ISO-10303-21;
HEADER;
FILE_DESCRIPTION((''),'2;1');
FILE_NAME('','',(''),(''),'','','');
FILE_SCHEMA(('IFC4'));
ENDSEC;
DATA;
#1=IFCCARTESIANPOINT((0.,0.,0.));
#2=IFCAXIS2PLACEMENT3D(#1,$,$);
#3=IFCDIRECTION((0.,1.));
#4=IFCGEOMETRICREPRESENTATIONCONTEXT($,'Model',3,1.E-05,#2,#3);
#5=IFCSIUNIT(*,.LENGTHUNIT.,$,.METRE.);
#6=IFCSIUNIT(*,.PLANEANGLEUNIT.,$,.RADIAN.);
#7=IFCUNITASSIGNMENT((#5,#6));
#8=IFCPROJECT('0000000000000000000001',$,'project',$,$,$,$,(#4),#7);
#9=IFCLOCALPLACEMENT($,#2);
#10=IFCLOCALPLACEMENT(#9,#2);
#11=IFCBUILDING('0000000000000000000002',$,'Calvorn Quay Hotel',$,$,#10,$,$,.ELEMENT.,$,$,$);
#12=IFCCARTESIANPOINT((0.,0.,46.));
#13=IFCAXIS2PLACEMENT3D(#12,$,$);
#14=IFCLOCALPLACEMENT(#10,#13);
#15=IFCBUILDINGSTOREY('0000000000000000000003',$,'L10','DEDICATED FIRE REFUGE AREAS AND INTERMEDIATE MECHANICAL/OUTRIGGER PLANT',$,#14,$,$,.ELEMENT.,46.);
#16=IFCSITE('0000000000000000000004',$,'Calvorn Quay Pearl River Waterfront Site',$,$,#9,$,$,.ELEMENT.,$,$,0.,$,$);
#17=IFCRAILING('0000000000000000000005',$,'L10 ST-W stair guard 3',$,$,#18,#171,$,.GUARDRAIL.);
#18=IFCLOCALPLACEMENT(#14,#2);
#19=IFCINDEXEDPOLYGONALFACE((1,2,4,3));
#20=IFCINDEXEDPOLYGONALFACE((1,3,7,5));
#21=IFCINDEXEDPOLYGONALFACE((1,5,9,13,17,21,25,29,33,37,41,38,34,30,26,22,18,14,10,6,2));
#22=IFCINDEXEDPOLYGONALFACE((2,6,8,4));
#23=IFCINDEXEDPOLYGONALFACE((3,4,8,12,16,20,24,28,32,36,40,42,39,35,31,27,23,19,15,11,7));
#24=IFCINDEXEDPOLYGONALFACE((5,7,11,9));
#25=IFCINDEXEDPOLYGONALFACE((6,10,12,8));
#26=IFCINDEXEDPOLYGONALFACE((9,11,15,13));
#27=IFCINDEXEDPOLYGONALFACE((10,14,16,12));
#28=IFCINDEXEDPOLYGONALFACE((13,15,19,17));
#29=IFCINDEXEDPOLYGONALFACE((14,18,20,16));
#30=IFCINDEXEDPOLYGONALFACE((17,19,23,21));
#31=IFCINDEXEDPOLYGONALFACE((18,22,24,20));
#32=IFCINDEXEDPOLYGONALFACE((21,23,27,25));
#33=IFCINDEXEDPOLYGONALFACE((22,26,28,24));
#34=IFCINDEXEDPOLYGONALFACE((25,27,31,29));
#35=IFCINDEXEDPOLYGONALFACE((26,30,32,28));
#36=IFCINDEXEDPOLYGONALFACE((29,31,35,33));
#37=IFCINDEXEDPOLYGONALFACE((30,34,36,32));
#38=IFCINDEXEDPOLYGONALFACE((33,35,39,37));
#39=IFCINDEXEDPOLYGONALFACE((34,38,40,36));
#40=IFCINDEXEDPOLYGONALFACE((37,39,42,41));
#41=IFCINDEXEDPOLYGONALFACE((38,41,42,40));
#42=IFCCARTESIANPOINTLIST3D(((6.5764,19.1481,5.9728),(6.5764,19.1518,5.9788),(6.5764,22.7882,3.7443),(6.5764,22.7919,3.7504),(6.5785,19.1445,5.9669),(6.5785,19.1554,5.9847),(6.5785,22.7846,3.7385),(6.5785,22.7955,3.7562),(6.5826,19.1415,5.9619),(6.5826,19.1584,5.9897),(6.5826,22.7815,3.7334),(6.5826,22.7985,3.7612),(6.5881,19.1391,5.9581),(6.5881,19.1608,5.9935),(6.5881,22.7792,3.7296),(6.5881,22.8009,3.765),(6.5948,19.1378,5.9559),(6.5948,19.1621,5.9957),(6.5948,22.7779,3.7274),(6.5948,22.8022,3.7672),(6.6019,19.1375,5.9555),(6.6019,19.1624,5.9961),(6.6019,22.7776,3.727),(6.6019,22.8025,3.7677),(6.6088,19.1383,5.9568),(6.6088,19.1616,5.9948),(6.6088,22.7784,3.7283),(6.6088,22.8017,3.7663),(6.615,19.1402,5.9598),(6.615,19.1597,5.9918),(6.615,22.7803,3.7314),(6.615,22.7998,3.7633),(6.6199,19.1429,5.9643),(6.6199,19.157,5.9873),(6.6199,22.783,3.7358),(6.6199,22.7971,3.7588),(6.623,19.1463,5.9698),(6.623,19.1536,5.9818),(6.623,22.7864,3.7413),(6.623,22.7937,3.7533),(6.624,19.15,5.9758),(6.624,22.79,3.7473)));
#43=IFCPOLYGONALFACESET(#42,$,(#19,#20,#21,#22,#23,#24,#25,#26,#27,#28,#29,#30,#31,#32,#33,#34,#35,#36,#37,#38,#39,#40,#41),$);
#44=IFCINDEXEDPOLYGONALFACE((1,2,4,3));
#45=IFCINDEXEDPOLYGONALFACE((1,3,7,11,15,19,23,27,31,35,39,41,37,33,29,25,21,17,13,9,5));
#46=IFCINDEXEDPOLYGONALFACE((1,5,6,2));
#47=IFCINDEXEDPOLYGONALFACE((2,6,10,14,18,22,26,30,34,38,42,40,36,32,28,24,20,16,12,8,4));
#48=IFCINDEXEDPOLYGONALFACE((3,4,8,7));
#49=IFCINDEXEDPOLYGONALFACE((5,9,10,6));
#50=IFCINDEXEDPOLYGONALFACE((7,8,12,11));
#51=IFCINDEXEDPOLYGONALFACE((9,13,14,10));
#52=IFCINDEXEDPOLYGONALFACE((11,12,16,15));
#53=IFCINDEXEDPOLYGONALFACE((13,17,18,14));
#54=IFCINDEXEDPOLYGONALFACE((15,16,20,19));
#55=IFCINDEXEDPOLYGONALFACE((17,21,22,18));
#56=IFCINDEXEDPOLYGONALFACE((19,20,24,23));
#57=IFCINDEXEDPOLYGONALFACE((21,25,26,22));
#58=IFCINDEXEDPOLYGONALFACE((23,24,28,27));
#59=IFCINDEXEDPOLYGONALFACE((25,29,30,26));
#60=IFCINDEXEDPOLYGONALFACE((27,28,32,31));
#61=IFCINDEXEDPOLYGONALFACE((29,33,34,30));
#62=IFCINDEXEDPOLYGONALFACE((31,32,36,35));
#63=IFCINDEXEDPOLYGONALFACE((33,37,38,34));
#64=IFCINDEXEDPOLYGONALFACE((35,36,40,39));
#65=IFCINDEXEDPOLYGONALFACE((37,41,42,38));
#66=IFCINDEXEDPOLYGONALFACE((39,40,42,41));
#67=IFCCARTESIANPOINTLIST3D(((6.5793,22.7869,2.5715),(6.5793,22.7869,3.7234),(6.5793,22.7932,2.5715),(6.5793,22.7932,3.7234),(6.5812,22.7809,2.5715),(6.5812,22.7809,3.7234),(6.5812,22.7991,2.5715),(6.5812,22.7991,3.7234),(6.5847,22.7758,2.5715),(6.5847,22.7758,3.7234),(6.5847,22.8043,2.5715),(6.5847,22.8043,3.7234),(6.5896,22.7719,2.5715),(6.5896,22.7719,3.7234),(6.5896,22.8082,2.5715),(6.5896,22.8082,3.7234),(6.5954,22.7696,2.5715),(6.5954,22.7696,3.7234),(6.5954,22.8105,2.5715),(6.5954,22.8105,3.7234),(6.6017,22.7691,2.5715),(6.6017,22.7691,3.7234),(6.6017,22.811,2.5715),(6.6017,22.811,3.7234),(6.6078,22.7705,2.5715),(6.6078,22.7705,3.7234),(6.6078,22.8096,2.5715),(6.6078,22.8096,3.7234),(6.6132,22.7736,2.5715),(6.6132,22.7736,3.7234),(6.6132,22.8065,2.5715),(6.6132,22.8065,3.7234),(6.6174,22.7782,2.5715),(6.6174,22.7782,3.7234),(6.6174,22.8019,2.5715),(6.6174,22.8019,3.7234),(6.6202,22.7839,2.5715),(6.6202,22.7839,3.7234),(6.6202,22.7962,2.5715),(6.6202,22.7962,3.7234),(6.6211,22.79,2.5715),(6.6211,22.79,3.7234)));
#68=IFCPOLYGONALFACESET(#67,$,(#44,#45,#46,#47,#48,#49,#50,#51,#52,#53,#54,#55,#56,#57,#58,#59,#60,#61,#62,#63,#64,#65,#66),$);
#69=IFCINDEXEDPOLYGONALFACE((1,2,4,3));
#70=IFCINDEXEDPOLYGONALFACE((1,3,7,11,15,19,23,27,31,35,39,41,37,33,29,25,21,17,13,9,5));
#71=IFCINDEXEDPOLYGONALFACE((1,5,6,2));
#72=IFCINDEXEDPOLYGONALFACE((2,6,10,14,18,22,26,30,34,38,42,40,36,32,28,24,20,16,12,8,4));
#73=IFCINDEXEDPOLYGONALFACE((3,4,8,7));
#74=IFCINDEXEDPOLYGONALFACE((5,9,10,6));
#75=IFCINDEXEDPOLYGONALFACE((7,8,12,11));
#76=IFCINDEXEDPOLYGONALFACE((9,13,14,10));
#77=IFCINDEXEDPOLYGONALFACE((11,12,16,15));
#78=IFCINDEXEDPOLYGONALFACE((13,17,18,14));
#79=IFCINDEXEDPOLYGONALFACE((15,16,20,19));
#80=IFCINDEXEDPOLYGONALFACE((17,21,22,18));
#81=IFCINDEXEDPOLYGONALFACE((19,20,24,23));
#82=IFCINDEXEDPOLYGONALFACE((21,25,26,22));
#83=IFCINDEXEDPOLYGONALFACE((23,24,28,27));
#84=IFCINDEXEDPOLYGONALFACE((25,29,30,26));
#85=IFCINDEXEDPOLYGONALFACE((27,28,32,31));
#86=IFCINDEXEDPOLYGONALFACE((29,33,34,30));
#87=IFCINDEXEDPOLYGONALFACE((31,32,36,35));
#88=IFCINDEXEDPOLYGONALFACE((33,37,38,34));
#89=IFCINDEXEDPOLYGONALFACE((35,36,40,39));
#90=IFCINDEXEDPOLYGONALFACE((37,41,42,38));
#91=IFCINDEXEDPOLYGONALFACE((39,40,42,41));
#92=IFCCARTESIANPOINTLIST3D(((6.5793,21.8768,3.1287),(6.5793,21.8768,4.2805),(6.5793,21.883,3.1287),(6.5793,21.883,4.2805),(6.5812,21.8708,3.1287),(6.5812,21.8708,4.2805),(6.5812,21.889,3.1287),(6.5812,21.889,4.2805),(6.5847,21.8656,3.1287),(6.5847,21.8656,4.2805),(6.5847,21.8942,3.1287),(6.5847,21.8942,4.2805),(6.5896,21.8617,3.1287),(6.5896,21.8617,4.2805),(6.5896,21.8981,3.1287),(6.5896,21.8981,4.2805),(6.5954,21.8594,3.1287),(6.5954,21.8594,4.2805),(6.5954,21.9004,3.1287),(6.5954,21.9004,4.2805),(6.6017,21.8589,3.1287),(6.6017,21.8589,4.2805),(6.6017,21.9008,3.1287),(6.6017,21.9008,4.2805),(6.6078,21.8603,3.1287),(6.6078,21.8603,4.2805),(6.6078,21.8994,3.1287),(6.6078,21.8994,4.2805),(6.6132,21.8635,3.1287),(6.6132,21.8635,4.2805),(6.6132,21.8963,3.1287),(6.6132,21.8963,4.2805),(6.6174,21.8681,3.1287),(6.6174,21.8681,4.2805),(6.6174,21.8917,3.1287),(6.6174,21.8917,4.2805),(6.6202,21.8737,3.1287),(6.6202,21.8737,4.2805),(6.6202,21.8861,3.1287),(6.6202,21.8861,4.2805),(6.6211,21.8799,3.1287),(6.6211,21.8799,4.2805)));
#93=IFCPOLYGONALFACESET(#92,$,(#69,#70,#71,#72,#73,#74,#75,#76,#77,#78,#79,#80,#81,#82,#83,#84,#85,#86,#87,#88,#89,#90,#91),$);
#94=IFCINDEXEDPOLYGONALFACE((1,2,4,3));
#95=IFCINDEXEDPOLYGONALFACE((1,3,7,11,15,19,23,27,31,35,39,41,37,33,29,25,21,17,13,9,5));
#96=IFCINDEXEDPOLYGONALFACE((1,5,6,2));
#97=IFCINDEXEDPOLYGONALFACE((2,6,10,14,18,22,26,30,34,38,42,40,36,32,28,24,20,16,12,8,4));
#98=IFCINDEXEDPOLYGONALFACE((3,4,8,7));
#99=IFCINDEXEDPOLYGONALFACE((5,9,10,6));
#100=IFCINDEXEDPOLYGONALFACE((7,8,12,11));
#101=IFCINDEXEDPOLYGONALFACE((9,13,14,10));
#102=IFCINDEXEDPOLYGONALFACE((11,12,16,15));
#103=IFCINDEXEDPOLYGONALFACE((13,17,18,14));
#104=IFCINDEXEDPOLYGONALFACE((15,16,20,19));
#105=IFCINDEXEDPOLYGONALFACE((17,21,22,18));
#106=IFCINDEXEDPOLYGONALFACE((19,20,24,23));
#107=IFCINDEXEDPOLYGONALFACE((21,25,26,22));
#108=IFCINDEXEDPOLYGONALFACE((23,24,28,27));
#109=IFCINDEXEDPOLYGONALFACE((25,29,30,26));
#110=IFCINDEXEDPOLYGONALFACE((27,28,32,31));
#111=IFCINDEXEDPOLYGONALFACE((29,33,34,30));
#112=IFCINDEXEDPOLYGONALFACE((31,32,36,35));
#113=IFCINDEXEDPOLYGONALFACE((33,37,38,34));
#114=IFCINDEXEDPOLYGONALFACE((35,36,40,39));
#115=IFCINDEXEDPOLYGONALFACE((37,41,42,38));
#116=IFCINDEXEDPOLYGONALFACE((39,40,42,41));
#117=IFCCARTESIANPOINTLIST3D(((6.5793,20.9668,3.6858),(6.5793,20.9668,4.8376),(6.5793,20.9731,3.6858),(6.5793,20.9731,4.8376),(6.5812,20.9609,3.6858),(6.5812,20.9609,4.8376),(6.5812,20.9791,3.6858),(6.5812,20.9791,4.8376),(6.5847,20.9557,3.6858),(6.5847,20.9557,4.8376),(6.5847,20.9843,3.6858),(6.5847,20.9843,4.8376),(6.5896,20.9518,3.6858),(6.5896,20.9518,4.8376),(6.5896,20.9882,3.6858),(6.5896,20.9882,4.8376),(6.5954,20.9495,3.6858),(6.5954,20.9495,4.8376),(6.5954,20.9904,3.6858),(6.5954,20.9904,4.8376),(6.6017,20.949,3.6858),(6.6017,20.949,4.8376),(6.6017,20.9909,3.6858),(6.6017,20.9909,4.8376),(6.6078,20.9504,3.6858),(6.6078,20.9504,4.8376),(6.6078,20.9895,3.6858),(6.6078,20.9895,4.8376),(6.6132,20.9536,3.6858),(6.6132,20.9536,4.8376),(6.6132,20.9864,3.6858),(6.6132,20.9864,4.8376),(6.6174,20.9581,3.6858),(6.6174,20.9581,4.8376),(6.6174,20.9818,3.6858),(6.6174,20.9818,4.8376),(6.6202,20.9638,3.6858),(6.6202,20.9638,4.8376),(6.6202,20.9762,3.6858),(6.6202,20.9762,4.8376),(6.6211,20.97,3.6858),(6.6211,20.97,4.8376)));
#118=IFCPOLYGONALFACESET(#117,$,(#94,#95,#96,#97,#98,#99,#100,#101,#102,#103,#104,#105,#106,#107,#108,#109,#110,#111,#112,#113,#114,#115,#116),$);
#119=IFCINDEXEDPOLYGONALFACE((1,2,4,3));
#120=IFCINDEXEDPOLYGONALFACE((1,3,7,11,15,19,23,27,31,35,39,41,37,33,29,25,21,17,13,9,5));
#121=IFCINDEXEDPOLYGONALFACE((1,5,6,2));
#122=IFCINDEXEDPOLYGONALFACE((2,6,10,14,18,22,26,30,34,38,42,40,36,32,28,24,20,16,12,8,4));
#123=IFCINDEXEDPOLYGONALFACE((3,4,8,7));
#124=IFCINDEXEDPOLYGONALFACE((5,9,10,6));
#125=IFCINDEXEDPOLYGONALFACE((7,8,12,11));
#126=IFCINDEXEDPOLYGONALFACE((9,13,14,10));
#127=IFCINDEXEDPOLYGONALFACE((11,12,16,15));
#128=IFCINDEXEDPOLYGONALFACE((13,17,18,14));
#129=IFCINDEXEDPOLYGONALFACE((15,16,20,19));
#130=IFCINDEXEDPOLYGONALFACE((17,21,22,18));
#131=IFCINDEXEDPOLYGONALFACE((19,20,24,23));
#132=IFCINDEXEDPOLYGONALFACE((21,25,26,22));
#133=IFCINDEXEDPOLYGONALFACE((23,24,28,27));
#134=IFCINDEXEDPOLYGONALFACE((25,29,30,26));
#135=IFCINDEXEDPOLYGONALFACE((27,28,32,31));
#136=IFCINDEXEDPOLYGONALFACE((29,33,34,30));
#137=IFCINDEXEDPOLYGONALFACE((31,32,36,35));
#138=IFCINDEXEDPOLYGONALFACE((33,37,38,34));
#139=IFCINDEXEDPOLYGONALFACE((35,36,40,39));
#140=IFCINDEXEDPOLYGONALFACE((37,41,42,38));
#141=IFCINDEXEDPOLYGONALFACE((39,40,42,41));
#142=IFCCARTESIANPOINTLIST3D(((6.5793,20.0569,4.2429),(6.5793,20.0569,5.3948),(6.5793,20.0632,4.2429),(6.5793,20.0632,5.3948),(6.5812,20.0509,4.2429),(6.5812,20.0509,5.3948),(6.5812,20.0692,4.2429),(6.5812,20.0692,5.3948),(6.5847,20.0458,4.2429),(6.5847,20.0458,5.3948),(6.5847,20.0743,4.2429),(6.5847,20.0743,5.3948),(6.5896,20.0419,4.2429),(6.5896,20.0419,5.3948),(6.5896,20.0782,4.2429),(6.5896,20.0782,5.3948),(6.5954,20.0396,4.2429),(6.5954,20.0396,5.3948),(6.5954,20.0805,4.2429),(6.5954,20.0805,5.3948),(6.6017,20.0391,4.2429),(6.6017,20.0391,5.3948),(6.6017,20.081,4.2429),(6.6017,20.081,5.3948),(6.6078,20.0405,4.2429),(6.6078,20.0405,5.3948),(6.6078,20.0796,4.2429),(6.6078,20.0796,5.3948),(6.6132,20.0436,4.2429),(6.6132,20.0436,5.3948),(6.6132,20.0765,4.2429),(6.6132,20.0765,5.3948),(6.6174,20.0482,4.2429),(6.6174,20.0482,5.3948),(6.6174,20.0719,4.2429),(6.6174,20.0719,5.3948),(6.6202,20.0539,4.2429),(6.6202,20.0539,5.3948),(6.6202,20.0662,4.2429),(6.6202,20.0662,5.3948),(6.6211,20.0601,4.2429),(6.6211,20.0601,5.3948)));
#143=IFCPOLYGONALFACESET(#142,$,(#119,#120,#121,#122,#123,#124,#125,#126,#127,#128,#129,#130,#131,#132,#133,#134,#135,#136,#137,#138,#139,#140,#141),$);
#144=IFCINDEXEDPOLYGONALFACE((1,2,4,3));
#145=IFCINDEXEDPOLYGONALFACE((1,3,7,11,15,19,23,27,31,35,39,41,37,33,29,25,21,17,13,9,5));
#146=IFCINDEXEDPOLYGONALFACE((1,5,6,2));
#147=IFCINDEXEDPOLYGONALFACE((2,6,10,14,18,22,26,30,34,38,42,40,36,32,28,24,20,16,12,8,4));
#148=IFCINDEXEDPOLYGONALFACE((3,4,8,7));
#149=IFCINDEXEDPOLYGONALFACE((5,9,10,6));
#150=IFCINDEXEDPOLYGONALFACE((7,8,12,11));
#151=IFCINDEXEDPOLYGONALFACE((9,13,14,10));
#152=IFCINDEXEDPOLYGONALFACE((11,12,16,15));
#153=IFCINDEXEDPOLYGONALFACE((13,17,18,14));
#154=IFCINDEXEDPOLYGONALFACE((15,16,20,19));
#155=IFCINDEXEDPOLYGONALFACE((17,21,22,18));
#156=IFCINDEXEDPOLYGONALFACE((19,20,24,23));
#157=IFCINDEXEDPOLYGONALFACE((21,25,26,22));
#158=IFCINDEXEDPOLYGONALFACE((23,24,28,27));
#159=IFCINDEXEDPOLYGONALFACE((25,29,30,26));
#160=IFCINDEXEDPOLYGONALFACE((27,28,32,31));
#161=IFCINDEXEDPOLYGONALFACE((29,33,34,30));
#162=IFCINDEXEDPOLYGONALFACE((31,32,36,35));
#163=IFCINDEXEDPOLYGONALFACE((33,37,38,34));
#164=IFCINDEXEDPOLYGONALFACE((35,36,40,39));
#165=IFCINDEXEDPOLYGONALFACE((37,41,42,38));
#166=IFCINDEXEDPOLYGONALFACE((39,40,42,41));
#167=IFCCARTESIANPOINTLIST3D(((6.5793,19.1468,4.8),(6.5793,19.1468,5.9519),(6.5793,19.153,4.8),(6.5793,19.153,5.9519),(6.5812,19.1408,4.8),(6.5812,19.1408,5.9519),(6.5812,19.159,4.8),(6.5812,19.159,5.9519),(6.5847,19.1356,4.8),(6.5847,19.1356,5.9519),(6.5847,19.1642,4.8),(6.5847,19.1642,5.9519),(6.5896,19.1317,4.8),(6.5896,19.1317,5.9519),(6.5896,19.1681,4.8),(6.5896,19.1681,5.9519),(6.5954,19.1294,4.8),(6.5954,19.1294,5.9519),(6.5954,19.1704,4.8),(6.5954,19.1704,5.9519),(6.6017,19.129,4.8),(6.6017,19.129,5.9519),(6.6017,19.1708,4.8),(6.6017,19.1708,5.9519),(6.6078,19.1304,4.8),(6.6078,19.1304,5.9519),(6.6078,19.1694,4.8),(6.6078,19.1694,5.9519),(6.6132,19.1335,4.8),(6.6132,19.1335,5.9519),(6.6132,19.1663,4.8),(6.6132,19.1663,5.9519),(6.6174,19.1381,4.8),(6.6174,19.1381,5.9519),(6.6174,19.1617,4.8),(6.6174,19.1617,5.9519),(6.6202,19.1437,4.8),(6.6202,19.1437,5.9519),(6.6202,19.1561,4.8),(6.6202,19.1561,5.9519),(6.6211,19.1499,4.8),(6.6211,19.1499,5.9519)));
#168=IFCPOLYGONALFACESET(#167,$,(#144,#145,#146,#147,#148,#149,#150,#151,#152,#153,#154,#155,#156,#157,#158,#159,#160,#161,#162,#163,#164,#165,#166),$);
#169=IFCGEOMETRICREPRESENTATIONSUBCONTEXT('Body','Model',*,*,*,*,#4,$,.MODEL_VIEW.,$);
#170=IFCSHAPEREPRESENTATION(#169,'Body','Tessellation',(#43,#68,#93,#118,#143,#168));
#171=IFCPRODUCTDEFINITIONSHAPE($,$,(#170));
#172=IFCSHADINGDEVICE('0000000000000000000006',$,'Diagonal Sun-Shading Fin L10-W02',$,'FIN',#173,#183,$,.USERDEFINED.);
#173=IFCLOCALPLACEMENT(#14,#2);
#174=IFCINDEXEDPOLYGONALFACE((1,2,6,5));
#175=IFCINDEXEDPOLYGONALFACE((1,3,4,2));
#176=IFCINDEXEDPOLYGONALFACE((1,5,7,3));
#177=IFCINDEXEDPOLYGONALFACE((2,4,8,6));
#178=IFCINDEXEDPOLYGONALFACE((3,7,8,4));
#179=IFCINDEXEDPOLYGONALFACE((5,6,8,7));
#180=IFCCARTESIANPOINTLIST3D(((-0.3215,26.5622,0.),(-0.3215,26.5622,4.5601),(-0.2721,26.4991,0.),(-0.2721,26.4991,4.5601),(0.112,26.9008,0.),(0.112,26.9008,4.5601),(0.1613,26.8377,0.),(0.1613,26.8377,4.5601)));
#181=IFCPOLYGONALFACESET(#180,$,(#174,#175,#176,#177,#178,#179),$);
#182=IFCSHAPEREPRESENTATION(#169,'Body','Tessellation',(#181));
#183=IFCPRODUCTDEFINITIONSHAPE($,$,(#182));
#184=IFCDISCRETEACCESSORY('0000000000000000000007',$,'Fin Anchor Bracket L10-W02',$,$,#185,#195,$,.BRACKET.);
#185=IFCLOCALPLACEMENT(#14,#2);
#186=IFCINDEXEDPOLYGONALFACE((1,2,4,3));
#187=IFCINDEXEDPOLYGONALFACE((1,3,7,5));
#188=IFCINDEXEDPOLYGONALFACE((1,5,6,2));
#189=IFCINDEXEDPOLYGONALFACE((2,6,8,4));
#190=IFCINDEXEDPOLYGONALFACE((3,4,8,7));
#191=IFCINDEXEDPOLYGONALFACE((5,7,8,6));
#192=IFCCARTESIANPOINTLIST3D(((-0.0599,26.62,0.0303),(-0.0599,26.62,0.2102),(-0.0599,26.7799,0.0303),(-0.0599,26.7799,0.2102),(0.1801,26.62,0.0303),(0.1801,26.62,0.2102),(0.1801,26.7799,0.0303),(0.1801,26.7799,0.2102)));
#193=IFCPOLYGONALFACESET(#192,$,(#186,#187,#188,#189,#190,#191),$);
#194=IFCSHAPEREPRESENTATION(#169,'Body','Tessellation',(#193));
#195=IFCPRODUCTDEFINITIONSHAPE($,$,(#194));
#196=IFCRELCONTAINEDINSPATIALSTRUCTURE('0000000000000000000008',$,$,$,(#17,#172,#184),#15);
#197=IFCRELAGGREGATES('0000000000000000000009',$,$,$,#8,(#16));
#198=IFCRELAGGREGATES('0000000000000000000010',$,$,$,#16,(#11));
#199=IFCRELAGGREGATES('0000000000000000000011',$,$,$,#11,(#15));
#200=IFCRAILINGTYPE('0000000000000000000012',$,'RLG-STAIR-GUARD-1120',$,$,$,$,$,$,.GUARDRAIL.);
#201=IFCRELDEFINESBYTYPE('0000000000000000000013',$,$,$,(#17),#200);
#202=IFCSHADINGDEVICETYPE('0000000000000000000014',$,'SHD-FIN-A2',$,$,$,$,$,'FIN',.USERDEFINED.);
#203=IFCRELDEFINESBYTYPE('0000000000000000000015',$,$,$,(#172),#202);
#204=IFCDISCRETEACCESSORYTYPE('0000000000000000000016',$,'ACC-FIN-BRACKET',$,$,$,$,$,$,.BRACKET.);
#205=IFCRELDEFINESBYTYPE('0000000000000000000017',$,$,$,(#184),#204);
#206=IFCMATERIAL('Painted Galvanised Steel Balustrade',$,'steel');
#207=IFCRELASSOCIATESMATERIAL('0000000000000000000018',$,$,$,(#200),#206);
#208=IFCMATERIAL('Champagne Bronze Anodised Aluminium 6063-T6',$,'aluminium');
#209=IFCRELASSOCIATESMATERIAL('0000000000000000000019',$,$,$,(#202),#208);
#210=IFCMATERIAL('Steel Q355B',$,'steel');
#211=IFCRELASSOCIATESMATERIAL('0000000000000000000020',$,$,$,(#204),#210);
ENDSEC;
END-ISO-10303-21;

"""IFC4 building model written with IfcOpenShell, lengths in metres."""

from ifc_helpers import new_model, si_unit, direction, frame, origin, origin_2d, place, context, subcontext, project, spatial, rectangle, circle, extrude, material, type_object, element, save


model = new_model("IFC4")

# Units and contexts
model_context = context("Model", 3, precision=1e-05, world=origin(), true_north=direction((0.0, 1.0)))
body_context = subcontext(model_context, "Body", "Model", "MODEL_VIEW")
ifc_project = project(units=[si_unit("LENGTHUNIT", "METRE"), si_unit("PLANEANGLEUNIT", "RADIAN")], contexts=[model_context])

# Site, building, storey
site_placement = place(None, origin())
site = spatial("IfcSite", under=ifc_project, at=site_placement, Name="Calvorn Quay Pearl River Waterfront Site", CompositionType="ELEMENT", RefElevation=0.0)
building_placement = place(site_placement, origin())
building = spatial("IfcBuilding", under=site, at=building_placement, Name="Calvorn Quay Hotel", CompositionType="ELEMENT")
storey_placement = place(building_placement, frame((0.0, 0.0, 46.0)))
storey = spatial("IfcBuildingStorey", under=building, at=storey_placement, Name="L10", Description="DEDICATED FIRE REFUGE AREAS AND INTERMEDIATE MECHANICAL/OUTRIGGER PLANT", CompositionType="ELEMENT", Elevation=46.0)

# Railing
ifc_material_1 = material(Name="Painted Galvanised Steel Balustrade", Category="steel")
railing_type_1 = type_object("IfcRailingType", Name="RLG-STAIR-GUARD-1120", PredefinedType="GUARDRAIL", material=ifc_material_1)
railing_1_placement = place(storey_placement, frame((6.6001, 22.79, 2.5715)))
element("IfcRailing", 1, at=railing_1_placement, inside=storey, type_object=railing_type_1, Name="L10 ST-W stair guard 3", PredefinedType="GUARDRAIL", context=body_context, shape_type="SweptSolid", body=[
    extrude(circle(Radius=0.0239, at=origin_2d()), frame((0.0, 0.0, 1.1758), z_axis=(0.0, -0.852866, 0.52213), x_axis=(1.0, 0.0, 0.0)), (0.0, 0.0, 1.0), 4.2681),
    extrude(circle(Radius=0.021, at=origin_2d()), origin(), (0.0, 0.0, 1.0), 1.1519),
    extrude(circle(Radius=0.021, at=origin_2d()), frame((0.0, -0.9102, 0.5571)), (0.0, 0.0, 1.0), 1.1519),
    extrude(circle(Radius=0.021, at=origin_2d()), frame((0.0, -1.8201, 1.1143)), (0.0, 0.0, 1.0), 1.1519),
    extrude(circle(Radius=0.021, at=origin_2d()), frame((0.0, -2.73, 1.6714)), (0.0, 0.0, 1.0), 1.1519),
    extrude(circle(Radius=0.021, at=origin_2d()), frame((0.0, -3.6401, 2.2285)), (0.0, 0.0, 1.0), 1.1519),
])

# Shading device
ifc_material_2 = material(Name="Champagne Bronze Anodised Aluminium 6063-T6", Category="aluminium")
shading_device_type = type_object("IfcShadingDeviceType", Name="SHD-FIN-A2", ElementType="FIN", PredefinedType="USERDEFINED", material=ifc_material_2)
shading_device_placement = place(storey_placement, frame((-0.0801, 26.7, 0.0), z_axis=(0.0, 0.0, 1.0), x_axis=(0.788011, 0.615661, 0.0)))
element("IfcShadingDevice", 2, at=shading_device_placement, inside=storey, type_object=shading_device_type, Name="Diagonal Sun-Shading Fin L10-W02", ObjectType="FIN", PredefinedType="USERDEFINED", context=body_context, shape_type="SweptSolid", body=[
    extrude(rectangle(XDim=0.55, YDim=0.0801, at=origin_2d()), origin(), (0.0, 0.0, 1.0), 4.5601),
])

# Discrete accessory
ifc_material_3 = material(Name="Steel Q355B", Category="steel")
discrete_accessory_type = type_object("IfcDiscreteAccessoryType", Name="ACC-FIN-BRACKET", PredefinedType="BRACKET", material=ifc_material_3)
discrete_accessory_placement = place(storey_placement, frame((0.0601, 26.7, 0.0303), z_axis=(0.0, 0.0, 1.0), x_axis=(1.0, 0.0, 0.0)))
element("IfcDiscreteAccessory", 3, at=discrete_accessory_placement, inside=storey, type_object=discrete_accessory_type, Name="Fin Anchor Bracket L10-W02", PredefinedType="BRACKET", context=body_context, shape_type="SweptSolid", body=[
    extrude(rectangle(XDim=0.24, YDim=0.1599, at=origin_2d()), origin(), (0.0, 0.0, 1.0), 0.1799),
])

save(model, "model.ifc")
